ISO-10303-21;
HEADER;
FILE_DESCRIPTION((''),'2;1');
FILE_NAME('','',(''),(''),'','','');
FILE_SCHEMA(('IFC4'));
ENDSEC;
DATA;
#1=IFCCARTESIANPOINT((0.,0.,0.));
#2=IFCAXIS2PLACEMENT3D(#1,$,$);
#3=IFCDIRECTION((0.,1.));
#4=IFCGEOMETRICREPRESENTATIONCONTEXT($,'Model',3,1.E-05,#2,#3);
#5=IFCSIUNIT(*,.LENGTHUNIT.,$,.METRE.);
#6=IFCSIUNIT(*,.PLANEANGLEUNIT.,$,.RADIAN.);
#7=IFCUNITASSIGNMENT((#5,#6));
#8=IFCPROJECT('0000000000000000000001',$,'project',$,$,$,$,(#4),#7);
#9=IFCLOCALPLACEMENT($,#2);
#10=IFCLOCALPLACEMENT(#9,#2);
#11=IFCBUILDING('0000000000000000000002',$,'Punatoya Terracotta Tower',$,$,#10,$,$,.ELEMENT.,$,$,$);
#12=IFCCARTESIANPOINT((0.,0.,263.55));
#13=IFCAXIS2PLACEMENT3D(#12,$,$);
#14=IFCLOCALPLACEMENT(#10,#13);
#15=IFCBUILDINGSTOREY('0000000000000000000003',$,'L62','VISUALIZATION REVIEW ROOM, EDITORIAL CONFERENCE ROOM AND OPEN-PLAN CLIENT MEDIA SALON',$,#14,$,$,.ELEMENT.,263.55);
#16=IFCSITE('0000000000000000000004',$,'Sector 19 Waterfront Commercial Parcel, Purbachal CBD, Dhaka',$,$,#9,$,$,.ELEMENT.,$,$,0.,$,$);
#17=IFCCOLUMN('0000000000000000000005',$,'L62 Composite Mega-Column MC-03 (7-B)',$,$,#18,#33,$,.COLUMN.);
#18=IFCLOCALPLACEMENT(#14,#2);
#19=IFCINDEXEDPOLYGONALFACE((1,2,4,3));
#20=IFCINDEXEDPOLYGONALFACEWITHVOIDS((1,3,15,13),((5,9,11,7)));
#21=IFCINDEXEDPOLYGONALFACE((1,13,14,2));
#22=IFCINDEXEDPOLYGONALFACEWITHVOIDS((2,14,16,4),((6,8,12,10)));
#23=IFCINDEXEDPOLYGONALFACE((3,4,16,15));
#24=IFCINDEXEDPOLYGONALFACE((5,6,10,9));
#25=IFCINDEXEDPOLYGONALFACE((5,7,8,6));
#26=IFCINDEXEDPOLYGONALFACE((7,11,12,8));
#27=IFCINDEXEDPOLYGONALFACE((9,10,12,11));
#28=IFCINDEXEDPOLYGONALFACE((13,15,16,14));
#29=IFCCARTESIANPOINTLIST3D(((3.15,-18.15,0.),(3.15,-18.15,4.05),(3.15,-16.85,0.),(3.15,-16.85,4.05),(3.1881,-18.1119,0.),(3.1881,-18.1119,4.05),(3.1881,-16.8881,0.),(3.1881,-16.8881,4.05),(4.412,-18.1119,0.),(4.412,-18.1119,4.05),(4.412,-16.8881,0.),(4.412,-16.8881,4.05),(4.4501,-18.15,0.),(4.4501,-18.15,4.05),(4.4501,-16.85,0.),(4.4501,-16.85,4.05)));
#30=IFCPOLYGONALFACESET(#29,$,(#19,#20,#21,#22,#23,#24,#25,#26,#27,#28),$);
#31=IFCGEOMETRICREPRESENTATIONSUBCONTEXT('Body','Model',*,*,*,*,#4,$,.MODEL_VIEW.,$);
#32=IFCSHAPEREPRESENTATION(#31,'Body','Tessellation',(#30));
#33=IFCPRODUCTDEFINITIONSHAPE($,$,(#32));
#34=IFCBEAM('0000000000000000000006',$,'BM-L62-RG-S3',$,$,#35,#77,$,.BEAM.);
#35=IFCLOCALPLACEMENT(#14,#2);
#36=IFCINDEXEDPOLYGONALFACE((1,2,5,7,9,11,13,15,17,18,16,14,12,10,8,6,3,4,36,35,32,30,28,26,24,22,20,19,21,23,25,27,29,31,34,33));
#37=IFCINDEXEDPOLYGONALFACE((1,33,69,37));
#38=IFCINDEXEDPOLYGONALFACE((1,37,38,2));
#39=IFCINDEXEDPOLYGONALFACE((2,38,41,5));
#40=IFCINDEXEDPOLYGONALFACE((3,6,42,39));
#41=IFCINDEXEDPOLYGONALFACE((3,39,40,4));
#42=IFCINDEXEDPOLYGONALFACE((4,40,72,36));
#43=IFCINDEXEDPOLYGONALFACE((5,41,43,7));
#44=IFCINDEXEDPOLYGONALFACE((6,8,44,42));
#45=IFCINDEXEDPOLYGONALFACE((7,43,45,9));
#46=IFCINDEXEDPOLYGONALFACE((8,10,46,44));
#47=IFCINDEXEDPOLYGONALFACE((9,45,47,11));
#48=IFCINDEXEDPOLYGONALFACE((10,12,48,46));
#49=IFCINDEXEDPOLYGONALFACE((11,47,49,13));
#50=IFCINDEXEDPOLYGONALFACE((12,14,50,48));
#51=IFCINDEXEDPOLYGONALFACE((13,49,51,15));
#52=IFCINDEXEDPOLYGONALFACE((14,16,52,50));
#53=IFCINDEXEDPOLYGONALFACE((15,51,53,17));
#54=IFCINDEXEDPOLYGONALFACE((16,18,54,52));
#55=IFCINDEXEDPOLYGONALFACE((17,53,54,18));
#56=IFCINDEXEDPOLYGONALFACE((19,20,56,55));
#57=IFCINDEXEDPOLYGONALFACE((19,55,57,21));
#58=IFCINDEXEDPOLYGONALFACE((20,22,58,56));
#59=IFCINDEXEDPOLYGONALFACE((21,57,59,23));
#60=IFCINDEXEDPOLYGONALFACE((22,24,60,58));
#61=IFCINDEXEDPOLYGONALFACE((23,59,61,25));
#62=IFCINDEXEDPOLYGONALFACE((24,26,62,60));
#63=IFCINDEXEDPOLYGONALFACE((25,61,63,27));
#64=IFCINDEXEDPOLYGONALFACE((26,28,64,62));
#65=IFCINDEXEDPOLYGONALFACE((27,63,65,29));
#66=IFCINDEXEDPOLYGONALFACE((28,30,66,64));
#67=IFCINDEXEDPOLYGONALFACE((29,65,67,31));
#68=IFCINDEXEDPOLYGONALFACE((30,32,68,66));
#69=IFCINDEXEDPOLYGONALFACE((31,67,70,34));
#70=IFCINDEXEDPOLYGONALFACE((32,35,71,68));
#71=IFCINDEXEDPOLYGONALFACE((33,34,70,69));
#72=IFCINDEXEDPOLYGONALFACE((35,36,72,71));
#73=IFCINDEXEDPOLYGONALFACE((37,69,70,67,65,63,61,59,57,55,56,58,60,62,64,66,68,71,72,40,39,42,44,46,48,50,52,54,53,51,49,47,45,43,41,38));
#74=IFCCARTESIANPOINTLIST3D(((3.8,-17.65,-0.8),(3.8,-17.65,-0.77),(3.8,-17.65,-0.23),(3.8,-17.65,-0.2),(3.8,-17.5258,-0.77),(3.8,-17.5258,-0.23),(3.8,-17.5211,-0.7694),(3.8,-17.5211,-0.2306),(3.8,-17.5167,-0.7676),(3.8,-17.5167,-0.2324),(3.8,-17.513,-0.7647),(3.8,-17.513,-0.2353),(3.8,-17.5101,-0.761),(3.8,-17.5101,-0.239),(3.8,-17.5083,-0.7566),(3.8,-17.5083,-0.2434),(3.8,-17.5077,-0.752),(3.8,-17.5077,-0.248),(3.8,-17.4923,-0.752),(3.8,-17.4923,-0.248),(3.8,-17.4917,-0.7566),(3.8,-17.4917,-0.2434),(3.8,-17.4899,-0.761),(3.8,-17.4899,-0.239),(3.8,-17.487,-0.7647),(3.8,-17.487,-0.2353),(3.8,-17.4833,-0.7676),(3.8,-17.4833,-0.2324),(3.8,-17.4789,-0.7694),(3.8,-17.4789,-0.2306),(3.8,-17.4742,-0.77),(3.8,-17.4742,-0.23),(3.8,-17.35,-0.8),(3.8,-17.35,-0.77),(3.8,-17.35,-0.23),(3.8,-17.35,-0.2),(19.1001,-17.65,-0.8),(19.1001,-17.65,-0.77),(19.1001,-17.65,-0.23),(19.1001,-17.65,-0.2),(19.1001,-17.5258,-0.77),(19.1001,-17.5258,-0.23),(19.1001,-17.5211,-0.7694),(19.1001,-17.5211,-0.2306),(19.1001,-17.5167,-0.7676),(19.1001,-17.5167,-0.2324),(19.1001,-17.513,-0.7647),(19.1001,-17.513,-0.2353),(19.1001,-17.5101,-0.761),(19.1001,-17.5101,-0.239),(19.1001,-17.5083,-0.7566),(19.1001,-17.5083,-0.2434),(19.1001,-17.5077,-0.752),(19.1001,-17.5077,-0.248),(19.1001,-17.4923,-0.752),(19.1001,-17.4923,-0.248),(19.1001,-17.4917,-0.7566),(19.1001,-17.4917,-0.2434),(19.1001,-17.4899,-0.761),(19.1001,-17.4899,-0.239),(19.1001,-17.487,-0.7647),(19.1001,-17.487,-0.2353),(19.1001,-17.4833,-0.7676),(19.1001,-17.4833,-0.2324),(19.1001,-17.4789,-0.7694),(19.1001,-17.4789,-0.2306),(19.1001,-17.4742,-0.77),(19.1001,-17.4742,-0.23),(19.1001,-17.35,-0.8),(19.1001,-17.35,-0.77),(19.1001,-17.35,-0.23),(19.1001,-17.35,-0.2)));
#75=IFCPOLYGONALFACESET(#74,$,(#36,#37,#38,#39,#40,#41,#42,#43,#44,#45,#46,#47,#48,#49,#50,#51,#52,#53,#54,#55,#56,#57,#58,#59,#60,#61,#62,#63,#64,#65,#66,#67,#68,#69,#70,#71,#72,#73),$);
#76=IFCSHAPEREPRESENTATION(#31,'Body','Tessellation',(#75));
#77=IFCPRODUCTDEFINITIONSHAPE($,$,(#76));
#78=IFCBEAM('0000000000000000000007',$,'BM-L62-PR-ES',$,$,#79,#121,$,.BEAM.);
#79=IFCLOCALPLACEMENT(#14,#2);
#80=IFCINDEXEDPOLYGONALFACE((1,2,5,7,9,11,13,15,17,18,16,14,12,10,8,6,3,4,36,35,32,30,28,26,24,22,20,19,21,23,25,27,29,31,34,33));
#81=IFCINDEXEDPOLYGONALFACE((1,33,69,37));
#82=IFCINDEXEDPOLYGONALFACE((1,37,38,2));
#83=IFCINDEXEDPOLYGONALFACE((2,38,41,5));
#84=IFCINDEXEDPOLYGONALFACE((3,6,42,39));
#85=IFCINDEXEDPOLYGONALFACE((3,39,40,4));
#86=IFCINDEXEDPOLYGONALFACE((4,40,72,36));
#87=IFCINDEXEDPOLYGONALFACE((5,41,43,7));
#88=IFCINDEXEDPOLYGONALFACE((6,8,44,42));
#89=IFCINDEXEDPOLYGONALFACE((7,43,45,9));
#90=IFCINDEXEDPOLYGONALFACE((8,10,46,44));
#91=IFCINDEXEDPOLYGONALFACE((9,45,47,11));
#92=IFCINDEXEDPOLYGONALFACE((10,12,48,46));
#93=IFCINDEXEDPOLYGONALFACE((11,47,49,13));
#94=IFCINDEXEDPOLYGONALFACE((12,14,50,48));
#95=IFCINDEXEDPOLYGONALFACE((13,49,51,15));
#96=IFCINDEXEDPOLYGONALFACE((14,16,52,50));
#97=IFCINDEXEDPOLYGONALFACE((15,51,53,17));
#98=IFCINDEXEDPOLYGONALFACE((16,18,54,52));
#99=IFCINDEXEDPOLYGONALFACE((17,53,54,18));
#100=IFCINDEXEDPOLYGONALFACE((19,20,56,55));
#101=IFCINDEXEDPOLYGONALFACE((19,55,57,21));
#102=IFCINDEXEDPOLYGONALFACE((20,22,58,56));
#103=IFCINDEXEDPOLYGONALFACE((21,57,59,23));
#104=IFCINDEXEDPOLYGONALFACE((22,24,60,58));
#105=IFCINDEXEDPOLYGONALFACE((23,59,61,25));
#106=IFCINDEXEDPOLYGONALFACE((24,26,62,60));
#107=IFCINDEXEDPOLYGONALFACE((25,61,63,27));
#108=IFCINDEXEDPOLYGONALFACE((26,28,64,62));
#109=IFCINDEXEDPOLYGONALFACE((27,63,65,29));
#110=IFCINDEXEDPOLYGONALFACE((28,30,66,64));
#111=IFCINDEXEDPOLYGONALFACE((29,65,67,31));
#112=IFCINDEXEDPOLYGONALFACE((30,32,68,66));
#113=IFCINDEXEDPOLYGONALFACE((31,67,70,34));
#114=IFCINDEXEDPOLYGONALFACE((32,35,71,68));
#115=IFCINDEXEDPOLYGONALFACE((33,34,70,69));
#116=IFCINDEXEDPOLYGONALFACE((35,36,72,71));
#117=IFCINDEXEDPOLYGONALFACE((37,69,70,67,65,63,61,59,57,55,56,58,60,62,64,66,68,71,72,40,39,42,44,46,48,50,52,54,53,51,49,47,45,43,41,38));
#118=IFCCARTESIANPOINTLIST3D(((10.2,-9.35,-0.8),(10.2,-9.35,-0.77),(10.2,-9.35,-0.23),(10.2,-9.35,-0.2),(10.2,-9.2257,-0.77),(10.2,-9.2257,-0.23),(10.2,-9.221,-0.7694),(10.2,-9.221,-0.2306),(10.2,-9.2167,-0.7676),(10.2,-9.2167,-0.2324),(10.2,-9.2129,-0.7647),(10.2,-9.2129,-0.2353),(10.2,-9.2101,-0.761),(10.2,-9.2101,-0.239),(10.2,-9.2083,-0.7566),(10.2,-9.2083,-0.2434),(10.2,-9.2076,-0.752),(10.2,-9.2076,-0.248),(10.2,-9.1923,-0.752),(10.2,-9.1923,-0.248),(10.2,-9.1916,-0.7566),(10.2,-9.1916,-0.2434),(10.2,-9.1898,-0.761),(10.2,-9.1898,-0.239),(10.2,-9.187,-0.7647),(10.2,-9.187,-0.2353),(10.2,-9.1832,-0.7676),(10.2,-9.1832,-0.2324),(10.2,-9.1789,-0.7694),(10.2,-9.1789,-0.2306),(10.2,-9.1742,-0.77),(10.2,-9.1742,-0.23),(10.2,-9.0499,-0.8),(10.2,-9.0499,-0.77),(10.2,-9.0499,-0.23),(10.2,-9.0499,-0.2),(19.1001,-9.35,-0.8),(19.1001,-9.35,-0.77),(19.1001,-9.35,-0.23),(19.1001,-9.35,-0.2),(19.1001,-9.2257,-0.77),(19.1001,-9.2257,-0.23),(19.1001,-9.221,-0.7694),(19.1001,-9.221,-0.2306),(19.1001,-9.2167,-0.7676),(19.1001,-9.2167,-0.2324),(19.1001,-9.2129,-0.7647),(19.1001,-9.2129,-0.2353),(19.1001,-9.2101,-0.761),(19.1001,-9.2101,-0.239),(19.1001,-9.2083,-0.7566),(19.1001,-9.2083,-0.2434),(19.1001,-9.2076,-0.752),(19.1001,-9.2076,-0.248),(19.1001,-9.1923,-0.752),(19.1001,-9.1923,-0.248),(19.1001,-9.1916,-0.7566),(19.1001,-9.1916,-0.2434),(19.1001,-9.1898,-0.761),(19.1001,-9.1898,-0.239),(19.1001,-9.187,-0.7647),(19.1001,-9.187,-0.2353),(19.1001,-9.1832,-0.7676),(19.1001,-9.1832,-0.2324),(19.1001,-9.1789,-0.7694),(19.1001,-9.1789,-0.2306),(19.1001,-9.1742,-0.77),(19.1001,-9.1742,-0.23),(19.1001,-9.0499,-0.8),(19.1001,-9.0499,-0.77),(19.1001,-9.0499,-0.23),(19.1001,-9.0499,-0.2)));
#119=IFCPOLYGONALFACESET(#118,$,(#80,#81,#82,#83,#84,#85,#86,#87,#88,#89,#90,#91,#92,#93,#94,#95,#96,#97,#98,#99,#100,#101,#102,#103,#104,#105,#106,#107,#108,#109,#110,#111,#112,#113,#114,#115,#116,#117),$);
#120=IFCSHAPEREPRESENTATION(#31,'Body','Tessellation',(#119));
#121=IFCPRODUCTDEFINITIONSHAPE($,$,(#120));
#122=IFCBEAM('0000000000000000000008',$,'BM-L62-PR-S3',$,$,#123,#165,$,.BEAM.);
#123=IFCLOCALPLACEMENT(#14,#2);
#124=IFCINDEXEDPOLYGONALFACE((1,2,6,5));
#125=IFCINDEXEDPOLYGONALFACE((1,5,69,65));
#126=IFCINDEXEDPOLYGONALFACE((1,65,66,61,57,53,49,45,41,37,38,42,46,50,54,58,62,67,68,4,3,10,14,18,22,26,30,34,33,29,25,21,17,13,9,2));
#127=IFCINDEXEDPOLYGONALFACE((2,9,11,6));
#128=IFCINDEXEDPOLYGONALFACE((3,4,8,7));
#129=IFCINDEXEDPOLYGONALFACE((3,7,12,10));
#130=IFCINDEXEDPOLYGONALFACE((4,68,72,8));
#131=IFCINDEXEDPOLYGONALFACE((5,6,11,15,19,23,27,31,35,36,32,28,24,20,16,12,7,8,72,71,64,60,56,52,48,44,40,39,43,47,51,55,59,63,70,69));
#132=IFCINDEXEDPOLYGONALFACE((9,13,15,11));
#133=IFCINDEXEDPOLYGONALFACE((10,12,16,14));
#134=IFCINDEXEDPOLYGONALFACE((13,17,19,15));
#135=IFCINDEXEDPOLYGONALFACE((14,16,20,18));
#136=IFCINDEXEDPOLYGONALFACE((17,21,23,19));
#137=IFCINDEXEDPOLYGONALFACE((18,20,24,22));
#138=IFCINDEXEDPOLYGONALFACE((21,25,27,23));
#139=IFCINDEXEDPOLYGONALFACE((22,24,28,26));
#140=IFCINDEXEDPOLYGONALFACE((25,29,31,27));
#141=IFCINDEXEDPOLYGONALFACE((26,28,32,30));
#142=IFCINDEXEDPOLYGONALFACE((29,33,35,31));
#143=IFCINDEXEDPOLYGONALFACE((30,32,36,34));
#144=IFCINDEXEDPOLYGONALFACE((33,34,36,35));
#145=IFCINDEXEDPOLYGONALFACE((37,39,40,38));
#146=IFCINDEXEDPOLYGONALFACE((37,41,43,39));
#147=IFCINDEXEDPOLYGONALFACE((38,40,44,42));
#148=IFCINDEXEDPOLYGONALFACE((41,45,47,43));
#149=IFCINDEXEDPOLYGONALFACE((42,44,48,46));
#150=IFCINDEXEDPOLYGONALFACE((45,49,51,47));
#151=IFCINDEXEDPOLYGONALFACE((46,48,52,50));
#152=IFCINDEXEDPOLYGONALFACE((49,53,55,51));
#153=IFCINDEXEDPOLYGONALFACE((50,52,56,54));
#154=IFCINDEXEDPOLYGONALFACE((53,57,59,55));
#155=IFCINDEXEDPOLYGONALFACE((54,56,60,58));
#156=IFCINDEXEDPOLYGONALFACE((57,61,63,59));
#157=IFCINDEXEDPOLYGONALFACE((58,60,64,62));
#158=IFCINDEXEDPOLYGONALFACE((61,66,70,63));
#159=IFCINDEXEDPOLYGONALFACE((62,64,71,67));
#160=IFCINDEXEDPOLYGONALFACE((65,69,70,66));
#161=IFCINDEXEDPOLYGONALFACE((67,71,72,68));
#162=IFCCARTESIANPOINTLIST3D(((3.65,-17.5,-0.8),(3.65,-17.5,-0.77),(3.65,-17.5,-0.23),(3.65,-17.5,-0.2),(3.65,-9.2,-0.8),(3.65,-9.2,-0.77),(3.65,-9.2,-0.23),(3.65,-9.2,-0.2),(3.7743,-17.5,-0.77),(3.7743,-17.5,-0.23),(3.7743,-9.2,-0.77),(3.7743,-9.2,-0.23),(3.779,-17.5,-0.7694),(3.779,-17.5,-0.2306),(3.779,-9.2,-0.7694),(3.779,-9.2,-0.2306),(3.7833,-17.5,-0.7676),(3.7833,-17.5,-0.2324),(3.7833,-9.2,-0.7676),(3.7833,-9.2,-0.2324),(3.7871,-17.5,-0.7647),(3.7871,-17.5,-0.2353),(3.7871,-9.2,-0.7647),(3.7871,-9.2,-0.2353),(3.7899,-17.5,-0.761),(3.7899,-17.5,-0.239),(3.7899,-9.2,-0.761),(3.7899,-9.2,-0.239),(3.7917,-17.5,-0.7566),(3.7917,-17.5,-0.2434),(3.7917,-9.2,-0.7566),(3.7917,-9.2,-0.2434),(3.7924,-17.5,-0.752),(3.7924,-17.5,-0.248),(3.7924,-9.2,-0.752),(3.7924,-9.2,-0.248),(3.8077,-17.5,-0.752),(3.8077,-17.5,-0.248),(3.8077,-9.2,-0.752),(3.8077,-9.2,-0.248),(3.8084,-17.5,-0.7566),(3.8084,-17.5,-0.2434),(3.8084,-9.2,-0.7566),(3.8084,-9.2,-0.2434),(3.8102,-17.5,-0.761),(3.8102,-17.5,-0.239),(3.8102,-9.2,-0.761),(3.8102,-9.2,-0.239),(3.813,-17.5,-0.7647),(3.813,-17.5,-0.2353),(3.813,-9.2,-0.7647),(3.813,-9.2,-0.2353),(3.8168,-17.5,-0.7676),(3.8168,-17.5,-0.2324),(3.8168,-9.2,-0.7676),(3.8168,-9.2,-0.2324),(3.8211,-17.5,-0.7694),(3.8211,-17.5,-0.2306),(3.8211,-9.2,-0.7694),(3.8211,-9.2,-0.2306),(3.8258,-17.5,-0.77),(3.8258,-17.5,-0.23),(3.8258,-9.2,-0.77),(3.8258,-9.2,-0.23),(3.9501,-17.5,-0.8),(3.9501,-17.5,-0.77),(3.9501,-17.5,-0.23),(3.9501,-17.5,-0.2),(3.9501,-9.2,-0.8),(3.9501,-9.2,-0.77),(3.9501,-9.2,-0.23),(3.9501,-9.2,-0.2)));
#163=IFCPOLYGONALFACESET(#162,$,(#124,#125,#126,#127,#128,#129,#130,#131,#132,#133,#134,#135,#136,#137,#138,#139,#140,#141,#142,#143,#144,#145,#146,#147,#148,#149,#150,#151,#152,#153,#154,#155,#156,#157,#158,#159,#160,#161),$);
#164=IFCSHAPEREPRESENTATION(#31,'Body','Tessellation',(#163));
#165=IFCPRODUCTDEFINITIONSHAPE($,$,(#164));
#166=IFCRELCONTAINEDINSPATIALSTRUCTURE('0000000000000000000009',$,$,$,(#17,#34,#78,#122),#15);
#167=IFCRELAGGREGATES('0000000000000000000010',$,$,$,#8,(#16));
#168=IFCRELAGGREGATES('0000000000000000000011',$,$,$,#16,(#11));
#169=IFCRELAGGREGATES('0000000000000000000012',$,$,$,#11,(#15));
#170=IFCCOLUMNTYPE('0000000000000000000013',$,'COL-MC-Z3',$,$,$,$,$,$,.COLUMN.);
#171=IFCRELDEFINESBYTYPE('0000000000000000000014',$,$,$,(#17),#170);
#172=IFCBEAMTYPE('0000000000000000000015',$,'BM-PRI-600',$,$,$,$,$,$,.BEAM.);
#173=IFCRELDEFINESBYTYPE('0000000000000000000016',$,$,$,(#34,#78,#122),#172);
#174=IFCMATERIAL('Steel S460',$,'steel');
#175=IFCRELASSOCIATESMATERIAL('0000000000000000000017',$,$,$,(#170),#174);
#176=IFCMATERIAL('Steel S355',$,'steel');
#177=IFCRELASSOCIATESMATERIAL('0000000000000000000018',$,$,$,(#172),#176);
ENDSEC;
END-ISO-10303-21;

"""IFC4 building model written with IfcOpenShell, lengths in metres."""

from ifc_helpers import new_model, si_unit, direction, frame, origin, origin_2d, place, context, subcontext, project, spatial, hollow_rectangle, i_section, extrude, material, material_profile, profile_set, type_object, element, save


model = new_model("IFC4")

# Units and contexts
model_context = context("Model", 3, precision=1e-05, world=origin(), true_north=direction((0.0, 1.0)))
body_context = subcontext(model_context, "Body", "Model", "MODEL_VIEW")
ifc_project = project(units=[si_unit("LENGTHUNIT", "METRE"), si_unit("PLANEANGLEUNIT", "RADIAN")], contexts=[model_context])

# Site, building, storey
site_placement = place(None, origin())
site = spatial("IfcSite", under=ifc_project, at=site_placement, Name="Sector 19 Waterfront Commercial Parcel, Purbachal CBD, Dhaka", CompositionType="ELEMENT", RefElevation=0.0)
building_placement = place(site_placement, origin())
building = spatial("IfcBuilding", under=site, at=building_placement, Name="Punatoya Terracotta Tower", CompositionType="ELEMENT")
storey_placement = place(building_placement, frame((0.0, 0.0, 263.55)))
storey = spatial("IfcBuildingStorey", under=building, at=storey_placement, Name="L62", Description="VISUALIZATION REVIEW ROOM, EDITORIAL CONFERENCE ROOM AND OPEN-PLAN CLIENT MEDIA SALON", CompositionType="ELEMENT", Elevation=263.55)

# Column
ifc_material_1 = material(Name="Steel S460", Category="steel")
ifc_material_profile_1 = material_profile(ifc_material_1, hollow_rectangle(XDim=1.3, YDim=1.3, WallThickness=0.0381, at=origin_2d()))
ifc_profile_set_1 = profile_set([ifc_material_profile_1], Name="Steel S460")
column_type = type_object("IfcColumnType", Name="COL-MC-Z3", PredefinedType="COLUMN", material=ifc_profile_set_1)
column_placement = place(storey_placement, frame((3.8, -17.5, 0.0), z_axis=(0.0, 0.0, 1.0), x_axis=(1.0, 0.0, 0.0)))
element("IfcColumn", 1, at=column_placement, inside=storey, type_object=column_type, Name="L62 Composite Mega-Column MC-03 (7-B)", PredefinedType="COLUMN", context=body_context, shape_type="SweptSolid", body=[
    extrude(hollow_rectangle(XDim=1.3, YDim=1.3, WallThickness=0.0381, at=origin_2d()), origin(), (0.0, 0.0, 1.0), 4.05),
])

# Beams
ifc_material_2 = material(Name="Steel S355", Category="steel")
ifc_material_profile_2 = material_profile(ifc_material_2, i_section(OverallWidth=0.3, OverallDepth=0.6001, WebThickness=0.0154, FlangeThickness=0.03, FilletRadius=0.0181, at=origin_2d()))
ifc_profile_set_2 = profile_set([ifc_material_profile_2], Name="Steel S355")
beam_type_1 = type_object("IfcBeamType", Name="BM-PRI-600", PredefinedType="BEAM", material=ifc_profile_set_2)
beam_1_placement = place(storey_placement, frame((3.8, -17.5, -0.5), z_axis=(1.0, 0.0, 0.0), x_axis=(0.0, 1.0, 0.0)))
element("IfcBeam", 2, at=beam_1_placement, inside=storey, type_object=beam_type_1, Name="BM-L62-RG-S3", PredefinedType="BEAM", context=body_context, shape_type="SweptSolid", body=[
    extrude(i_section(OverallWidth=0.3, OverallDepth=0.6001, WebThickness=0.0154, FlangeThickness=0.03, FilletRadius=0.0181, at=origin_2d()), origin(), (0.0, 0.0, 1.0), 15.3),
])
beam_2_placement = place(storey_placement, frame((10.2, -9.2, -0.5), z_axis=(1.0, 0.0, 0.0), x_axis=(0.0, 1.0, 0.0)))
element("IfcBeam", 3, at=beam_2_placement, inside=storey, type_object=beam_type_1, Name="BM-L62-PR-ES", PredefinedType="BEAM", context=body_context, shape_type="SweptSolid", body=[
    extrude(i_section(OverallWidth=0.3, OverallDepth=0.6001, WebThickness=0.0154, FlangeThickness=0.03, FilletRadius=0.0181, at=origin_2d()), origin(), (0.0, 0.0, 1.0), 8.9001),
])
for number, where, z_axis, x_axis, name in (
    (4, (3.8, -17.5, -0.5), (0.0, 1.0, 0.0), (-1.0, 0.0, 0.0), "BM-L62-PR-S3"),
):
    element("IfcBeam", number, at=place(storey_placement, frame(where, z_axis=z_axis, x_axis=x_axis)), inside=storey, type_object=beam_type_1, Name=name, PredefinedType="BEAM", context=body_context, shape_type="SweptSolid", body=[
        extrude(i_section(OverallWidth=0.3, OverallDepth=0.6001, WebThickness=0.0154, FlangeThickness=0.03, FilletRadius=0.0181, at=origin_2d()), origin(), (0.0, 0.0, 1.0), 8.3),
    ])

save(model, "model.ifc")
